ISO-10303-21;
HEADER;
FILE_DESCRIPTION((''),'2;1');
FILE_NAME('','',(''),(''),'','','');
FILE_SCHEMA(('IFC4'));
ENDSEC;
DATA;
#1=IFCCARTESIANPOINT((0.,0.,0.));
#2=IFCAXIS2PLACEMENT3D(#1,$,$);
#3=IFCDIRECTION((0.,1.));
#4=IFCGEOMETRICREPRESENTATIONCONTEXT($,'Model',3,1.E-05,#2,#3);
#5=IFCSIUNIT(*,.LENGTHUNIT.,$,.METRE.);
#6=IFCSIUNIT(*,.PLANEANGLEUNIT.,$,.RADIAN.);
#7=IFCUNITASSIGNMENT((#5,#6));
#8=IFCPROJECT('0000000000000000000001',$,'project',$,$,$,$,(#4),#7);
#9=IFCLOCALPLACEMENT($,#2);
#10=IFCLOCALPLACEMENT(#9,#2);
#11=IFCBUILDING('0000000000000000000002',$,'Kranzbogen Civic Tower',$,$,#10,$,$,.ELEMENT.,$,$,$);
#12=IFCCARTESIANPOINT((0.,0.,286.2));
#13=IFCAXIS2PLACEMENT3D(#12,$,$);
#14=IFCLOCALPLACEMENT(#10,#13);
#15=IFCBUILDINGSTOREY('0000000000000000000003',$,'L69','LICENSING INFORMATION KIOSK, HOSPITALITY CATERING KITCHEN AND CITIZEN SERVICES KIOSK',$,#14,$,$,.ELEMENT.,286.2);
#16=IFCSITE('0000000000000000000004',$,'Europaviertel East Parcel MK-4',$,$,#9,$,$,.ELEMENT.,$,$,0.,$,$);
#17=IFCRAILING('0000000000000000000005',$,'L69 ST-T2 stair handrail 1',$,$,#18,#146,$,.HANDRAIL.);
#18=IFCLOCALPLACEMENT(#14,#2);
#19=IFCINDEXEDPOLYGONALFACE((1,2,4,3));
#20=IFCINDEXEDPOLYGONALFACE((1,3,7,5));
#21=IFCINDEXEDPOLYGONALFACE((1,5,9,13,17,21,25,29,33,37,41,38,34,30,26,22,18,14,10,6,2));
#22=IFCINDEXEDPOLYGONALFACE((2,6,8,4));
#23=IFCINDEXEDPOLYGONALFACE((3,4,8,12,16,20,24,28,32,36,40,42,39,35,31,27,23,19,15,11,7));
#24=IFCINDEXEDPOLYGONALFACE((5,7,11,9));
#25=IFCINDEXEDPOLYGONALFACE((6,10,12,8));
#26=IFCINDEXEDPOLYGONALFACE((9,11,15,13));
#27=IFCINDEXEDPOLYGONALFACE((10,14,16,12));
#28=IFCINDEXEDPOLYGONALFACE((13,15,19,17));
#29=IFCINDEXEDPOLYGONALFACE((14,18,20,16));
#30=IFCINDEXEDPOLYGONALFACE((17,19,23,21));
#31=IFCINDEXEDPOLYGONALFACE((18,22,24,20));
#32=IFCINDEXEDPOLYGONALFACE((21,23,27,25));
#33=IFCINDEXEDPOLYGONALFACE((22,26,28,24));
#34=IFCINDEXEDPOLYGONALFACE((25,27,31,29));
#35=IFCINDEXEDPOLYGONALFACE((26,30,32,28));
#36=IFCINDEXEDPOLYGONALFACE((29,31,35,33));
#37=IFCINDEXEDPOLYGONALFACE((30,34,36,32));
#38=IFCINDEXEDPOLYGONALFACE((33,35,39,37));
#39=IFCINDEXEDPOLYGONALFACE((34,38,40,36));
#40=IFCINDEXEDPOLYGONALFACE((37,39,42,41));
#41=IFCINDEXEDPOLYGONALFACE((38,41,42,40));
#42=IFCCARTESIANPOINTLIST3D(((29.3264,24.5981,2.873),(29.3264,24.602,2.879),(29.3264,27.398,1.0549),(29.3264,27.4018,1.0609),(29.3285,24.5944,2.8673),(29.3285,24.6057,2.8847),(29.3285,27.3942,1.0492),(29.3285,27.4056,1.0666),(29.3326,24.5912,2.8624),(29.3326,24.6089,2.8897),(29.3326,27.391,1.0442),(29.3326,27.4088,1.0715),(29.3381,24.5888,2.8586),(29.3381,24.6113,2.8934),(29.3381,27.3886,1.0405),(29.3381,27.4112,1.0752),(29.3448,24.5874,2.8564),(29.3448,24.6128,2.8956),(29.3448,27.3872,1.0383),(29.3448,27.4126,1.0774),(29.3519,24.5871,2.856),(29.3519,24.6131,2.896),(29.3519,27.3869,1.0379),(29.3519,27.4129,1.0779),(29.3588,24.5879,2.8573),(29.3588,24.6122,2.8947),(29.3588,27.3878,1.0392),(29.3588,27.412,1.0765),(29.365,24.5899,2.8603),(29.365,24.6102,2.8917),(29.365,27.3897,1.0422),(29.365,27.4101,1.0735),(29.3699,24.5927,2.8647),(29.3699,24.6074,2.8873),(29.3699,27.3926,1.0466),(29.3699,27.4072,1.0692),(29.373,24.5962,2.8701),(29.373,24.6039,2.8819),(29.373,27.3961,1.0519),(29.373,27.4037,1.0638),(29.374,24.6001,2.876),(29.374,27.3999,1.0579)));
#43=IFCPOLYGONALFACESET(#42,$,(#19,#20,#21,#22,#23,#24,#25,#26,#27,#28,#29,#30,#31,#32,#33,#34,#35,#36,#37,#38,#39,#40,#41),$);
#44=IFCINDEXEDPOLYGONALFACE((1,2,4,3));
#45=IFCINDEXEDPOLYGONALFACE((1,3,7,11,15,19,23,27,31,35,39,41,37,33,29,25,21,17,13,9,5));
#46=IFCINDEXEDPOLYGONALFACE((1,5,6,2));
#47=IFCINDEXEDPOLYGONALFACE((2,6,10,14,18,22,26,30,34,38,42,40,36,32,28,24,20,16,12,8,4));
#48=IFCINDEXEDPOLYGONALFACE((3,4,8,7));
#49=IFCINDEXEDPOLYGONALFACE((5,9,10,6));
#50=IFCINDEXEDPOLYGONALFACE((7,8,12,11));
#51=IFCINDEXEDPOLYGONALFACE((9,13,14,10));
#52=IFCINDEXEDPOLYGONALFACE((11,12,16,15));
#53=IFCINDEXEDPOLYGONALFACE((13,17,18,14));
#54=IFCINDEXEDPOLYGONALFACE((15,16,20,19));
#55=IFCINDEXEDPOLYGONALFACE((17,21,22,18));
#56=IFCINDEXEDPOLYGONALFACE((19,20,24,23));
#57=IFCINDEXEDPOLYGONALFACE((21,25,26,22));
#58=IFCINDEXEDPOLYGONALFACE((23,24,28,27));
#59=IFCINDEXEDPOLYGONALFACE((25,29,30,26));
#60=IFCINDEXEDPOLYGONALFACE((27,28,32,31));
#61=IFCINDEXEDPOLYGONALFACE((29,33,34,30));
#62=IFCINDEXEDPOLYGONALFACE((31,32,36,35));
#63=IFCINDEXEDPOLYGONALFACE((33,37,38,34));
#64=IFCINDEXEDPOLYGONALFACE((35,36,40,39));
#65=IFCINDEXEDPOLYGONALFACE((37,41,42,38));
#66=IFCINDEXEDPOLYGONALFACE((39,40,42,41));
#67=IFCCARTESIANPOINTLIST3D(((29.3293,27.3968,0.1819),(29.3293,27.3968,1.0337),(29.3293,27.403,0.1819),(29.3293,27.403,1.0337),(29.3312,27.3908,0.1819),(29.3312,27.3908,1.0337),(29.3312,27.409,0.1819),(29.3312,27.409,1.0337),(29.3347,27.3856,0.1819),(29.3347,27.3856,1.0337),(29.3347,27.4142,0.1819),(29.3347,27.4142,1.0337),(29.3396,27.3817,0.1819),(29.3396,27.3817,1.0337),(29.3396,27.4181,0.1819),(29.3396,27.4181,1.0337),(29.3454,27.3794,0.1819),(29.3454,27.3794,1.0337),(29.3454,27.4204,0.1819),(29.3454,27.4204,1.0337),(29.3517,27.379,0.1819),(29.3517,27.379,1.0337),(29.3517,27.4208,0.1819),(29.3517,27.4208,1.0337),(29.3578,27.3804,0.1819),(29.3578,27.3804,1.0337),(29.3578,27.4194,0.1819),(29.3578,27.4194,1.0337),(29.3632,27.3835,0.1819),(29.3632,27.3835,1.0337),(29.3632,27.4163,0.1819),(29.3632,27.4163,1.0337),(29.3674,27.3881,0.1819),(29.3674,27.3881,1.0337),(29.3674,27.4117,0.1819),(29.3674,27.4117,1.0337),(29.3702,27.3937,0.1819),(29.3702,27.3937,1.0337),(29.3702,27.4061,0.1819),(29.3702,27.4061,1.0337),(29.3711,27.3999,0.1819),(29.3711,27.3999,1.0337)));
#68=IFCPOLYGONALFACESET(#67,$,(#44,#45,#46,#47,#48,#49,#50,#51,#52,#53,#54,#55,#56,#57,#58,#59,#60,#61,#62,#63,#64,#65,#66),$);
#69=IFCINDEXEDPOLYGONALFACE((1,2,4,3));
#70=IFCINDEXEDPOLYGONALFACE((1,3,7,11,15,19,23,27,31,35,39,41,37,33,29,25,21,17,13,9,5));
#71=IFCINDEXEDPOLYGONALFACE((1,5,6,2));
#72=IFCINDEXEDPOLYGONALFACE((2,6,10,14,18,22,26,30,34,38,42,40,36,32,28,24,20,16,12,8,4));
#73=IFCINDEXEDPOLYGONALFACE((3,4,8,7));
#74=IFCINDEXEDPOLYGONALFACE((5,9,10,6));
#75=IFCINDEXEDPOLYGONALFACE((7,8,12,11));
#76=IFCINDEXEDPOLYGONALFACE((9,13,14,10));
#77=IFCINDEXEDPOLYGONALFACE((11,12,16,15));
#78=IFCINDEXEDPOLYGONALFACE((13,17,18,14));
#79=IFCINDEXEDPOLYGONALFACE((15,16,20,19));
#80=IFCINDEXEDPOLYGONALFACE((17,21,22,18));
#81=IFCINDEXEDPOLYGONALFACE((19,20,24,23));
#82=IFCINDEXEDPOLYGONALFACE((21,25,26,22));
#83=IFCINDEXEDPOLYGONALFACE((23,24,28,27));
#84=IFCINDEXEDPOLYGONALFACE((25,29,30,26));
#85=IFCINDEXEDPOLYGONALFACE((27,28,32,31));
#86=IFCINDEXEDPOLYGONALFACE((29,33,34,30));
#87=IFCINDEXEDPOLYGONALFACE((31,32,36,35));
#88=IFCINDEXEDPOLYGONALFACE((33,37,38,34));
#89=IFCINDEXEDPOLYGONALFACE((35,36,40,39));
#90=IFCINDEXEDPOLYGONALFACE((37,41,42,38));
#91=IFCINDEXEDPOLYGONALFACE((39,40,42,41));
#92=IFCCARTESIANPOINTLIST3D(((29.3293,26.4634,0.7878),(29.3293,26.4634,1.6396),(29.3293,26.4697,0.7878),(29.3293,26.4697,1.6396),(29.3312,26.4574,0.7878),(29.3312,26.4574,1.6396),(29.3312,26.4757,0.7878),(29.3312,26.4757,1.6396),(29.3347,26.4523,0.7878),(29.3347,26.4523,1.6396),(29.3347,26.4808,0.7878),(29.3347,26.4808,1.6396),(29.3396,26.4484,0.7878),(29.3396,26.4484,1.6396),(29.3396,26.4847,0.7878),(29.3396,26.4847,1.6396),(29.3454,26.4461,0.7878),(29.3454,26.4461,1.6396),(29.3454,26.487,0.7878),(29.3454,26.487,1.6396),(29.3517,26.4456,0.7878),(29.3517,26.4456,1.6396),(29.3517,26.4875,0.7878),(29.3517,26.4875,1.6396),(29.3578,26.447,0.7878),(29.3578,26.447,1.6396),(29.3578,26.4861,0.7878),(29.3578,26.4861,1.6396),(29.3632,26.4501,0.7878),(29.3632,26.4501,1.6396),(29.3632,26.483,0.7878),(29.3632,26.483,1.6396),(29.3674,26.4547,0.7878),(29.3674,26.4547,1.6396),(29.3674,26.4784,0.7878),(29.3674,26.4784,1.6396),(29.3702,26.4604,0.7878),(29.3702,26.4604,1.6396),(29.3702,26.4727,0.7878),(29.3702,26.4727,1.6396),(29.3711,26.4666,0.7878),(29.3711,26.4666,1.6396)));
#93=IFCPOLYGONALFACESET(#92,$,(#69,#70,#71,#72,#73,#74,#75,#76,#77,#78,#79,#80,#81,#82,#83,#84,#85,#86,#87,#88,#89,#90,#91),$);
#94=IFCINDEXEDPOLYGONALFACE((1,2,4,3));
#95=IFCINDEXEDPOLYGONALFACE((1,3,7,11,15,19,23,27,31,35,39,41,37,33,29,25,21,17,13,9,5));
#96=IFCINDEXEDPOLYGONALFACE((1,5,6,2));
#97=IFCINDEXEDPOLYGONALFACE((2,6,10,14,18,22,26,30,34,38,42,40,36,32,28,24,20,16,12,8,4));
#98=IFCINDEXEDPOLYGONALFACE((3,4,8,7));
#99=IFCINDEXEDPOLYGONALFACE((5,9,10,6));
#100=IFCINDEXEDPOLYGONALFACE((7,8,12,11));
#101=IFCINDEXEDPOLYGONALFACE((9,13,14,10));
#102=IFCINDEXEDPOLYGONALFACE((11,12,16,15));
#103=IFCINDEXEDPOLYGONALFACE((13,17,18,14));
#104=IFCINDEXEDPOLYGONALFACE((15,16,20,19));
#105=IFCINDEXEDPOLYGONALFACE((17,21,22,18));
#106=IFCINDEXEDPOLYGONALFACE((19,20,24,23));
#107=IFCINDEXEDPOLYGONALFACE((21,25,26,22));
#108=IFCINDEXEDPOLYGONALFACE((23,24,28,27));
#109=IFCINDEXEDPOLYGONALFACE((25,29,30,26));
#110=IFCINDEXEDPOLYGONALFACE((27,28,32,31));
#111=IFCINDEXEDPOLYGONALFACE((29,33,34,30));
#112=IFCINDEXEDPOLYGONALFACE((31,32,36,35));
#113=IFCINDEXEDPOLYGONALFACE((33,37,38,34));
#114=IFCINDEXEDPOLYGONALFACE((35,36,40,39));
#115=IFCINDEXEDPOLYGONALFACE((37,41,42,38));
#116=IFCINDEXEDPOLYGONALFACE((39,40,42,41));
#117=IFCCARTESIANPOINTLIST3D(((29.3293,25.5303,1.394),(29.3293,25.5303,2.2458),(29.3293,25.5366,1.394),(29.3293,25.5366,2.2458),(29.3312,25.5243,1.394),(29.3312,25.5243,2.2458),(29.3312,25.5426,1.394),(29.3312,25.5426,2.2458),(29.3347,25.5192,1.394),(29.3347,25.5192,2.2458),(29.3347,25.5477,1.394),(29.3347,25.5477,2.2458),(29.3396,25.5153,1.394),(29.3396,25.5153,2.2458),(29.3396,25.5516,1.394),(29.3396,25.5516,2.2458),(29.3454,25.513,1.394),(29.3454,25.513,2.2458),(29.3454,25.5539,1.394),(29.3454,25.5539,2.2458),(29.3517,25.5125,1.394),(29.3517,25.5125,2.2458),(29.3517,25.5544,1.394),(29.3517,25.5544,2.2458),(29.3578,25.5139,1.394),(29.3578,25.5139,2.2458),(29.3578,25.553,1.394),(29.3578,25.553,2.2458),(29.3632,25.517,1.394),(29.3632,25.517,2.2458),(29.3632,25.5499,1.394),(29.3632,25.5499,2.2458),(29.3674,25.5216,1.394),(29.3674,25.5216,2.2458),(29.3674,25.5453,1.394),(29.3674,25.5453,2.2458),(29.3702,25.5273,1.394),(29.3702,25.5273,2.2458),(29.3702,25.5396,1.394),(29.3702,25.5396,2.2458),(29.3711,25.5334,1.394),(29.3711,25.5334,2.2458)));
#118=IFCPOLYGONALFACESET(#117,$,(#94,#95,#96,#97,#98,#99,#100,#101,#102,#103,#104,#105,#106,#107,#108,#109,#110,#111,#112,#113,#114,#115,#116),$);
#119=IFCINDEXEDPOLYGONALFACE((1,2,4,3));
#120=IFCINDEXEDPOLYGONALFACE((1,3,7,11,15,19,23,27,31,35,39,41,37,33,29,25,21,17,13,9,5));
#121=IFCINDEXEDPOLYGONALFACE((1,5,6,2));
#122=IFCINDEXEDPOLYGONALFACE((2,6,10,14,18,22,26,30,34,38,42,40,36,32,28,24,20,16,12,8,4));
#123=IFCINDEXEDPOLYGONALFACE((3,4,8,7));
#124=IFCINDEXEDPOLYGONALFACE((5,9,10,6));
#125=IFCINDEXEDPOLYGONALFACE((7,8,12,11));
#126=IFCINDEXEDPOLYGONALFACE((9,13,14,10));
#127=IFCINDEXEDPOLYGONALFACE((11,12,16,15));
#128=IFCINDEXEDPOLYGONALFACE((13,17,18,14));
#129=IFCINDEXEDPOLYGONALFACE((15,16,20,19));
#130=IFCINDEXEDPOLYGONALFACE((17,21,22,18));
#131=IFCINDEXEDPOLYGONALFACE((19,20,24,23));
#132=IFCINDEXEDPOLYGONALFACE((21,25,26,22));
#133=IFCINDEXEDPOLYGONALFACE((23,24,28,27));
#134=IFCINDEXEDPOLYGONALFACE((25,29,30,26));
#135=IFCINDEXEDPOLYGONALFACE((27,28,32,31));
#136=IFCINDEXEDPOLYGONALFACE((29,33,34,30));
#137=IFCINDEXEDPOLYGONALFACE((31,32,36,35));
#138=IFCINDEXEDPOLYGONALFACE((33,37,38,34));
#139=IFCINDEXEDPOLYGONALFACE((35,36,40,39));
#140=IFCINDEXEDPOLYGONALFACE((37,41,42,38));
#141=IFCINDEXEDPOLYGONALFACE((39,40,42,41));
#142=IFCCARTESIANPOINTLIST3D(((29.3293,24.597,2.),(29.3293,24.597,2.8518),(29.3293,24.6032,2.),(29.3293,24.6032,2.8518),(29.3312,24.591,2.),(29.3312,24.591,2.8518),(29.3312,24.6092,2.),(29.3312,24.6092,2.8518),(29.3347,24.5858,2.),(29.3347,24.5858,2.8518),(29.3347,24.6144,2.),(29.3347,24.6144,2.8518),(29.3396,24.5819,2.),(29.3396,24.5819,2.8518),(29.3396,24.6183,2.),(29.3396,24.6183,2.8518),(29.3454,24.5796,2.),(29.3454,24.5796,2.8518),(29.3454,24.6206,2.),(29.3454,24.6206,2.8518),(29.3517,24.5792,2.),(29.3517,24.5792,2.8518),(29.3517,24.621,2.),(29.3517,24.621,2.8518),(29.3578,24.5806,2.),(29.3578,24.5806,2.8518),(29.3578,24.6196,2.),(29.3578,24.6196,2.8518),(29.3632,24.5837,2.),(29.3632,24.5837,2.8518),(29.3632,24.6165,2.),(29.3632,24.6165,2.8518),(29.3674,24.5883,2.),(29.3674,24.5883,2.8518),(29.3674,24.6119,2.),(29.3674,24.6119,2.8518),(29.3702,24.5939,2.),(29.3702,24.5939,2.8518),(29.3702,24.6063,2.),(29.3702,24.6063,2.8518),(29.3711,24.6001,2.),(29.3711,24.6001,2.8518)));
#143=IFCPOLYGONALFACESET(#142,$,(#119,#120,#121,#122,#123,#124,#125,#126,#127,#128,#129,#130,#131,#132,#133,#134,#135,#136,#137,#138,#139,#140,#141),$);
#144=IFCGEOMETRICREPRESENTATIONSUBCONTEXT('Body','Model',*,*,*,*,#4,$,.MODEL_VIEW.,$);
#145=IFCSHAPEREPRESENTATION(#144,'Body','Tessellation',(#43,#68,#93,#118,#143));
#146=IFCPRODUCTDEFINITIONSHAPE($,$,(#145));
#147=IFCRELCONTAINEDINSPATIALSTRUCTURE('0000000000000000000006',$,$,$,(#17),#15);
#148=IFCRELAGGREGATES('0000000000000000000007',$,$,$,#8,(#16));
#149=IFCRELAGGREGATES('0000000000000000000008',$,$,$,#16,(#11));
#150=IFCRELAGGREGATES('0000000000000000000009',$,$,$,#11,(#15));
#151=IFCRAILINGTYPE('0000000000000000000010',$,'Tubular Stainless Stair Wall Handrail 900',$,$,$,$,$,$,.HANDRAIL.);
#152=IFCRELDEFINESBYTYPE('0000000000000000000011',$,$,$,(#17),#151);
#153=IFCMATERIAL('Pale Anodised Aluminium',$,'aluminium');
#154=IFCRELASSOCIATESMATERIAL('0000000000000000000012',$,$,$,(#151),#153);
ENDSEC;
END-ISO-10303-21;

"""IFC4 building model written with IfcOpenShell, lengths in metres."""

from ifc_helpers import new_model, si_unit, direction, frame, origin, origin_2d, place, context, subcontext, project, spatial, circle, extrude, material, type_object, element, save


model = new_model("IFC4")

# Units and contexts
model_context = context("Model", 3, precision=1e-05, world=origin(), true_north=direction((0.0, 1.0)))
body_context = subcontext(model_context, "Body", "Model", "MODEL_VIEW")
ifc_project = project(units=[si_unit("LENGTHUNIT", "METRE"), si_unit("PLANEANGLEUNIT", "RADIAN")], contexts=[model_context])

# Site, building, storey
site_placement = place(None, origin())
site = spatial("IfcSite", under=ifc_project, at=site_placement, Name="Europaviertel East Parcel MK-4", CompositionType="ELEMENT", RefElevation=0.0)
building_placement = place(site_placement, origin())
building = spatial("IfcBuilding", under=site, at=building_placement, Name="Kranzbogen Civic Tower", CompositionType="ELEMENT")
storey_placement = place(building_placement, frame((0.0, 0.0, 286.2)))
storey = spatial("IfcBuildingStorey", under=building, at=storey_placement, Name="L69", Description="LICENSING INFORMATION KIOSK, HOSPITALITY CATERING KITCHEN AND CITIZEN SERVICES KIOSK", CompositionType="ELEMENT", Elevation=286.2)

# Shared definitions
ifc_material_1 = material(Name="Pale Anodised Aluminium", Category="aluminium")

# Railing
railing_type_1 = type_object("IfcRailingType", Name="Tubular Stainless Stair Wall Handrail 900", PredefinedType="HANDRAIL", material=ifc_material_1)
railing_1_placement = place(storey_placement, frame((29.3501, 27.3999, 0.1819)))
element("IfcRailing", 1, at=railing_1_placement, inside=storey, type_object=railing_type_1, Name="L69 ST-T2 stair handrail 1", PredefinedType="HANDRAIL", context=body_context, shape_type="SweptSolid", body=[
    extrude(circle(Radius=0.0239, at=origin_2d()), frame((0.0, 0.0, 0.876), z_axis=(0.0, -0.838684, 0.544618), x_axis=(1.0, 0.0, 0.0)), (0.0, 0.0, 1.0), 3.3384),
    extrude(circle(Radius=0.021, at=origin_2d()), origin(), (0.0, 0.0, 1.0), 0.8518),
    extrude(circle(Radius=0.021, at=origin_2d()), frame((0.0, -0.9333, 0.606)), (0.0, 0.0, 1.0), 0.8518),
    extrude(circle(Radius=0.021, at=origin_2d()), frame((0.0, -1.8665, 1.2122)), (0.0, 0.0, 1.0), 0.8518),
    extrude(circle(Radius=0.021, at=origin_2d()), frame((0.0, -2.7998, 1.8181)), (0.0, 0.0, 1.0), 0.8518),
])

save(model, "model.ifc")
